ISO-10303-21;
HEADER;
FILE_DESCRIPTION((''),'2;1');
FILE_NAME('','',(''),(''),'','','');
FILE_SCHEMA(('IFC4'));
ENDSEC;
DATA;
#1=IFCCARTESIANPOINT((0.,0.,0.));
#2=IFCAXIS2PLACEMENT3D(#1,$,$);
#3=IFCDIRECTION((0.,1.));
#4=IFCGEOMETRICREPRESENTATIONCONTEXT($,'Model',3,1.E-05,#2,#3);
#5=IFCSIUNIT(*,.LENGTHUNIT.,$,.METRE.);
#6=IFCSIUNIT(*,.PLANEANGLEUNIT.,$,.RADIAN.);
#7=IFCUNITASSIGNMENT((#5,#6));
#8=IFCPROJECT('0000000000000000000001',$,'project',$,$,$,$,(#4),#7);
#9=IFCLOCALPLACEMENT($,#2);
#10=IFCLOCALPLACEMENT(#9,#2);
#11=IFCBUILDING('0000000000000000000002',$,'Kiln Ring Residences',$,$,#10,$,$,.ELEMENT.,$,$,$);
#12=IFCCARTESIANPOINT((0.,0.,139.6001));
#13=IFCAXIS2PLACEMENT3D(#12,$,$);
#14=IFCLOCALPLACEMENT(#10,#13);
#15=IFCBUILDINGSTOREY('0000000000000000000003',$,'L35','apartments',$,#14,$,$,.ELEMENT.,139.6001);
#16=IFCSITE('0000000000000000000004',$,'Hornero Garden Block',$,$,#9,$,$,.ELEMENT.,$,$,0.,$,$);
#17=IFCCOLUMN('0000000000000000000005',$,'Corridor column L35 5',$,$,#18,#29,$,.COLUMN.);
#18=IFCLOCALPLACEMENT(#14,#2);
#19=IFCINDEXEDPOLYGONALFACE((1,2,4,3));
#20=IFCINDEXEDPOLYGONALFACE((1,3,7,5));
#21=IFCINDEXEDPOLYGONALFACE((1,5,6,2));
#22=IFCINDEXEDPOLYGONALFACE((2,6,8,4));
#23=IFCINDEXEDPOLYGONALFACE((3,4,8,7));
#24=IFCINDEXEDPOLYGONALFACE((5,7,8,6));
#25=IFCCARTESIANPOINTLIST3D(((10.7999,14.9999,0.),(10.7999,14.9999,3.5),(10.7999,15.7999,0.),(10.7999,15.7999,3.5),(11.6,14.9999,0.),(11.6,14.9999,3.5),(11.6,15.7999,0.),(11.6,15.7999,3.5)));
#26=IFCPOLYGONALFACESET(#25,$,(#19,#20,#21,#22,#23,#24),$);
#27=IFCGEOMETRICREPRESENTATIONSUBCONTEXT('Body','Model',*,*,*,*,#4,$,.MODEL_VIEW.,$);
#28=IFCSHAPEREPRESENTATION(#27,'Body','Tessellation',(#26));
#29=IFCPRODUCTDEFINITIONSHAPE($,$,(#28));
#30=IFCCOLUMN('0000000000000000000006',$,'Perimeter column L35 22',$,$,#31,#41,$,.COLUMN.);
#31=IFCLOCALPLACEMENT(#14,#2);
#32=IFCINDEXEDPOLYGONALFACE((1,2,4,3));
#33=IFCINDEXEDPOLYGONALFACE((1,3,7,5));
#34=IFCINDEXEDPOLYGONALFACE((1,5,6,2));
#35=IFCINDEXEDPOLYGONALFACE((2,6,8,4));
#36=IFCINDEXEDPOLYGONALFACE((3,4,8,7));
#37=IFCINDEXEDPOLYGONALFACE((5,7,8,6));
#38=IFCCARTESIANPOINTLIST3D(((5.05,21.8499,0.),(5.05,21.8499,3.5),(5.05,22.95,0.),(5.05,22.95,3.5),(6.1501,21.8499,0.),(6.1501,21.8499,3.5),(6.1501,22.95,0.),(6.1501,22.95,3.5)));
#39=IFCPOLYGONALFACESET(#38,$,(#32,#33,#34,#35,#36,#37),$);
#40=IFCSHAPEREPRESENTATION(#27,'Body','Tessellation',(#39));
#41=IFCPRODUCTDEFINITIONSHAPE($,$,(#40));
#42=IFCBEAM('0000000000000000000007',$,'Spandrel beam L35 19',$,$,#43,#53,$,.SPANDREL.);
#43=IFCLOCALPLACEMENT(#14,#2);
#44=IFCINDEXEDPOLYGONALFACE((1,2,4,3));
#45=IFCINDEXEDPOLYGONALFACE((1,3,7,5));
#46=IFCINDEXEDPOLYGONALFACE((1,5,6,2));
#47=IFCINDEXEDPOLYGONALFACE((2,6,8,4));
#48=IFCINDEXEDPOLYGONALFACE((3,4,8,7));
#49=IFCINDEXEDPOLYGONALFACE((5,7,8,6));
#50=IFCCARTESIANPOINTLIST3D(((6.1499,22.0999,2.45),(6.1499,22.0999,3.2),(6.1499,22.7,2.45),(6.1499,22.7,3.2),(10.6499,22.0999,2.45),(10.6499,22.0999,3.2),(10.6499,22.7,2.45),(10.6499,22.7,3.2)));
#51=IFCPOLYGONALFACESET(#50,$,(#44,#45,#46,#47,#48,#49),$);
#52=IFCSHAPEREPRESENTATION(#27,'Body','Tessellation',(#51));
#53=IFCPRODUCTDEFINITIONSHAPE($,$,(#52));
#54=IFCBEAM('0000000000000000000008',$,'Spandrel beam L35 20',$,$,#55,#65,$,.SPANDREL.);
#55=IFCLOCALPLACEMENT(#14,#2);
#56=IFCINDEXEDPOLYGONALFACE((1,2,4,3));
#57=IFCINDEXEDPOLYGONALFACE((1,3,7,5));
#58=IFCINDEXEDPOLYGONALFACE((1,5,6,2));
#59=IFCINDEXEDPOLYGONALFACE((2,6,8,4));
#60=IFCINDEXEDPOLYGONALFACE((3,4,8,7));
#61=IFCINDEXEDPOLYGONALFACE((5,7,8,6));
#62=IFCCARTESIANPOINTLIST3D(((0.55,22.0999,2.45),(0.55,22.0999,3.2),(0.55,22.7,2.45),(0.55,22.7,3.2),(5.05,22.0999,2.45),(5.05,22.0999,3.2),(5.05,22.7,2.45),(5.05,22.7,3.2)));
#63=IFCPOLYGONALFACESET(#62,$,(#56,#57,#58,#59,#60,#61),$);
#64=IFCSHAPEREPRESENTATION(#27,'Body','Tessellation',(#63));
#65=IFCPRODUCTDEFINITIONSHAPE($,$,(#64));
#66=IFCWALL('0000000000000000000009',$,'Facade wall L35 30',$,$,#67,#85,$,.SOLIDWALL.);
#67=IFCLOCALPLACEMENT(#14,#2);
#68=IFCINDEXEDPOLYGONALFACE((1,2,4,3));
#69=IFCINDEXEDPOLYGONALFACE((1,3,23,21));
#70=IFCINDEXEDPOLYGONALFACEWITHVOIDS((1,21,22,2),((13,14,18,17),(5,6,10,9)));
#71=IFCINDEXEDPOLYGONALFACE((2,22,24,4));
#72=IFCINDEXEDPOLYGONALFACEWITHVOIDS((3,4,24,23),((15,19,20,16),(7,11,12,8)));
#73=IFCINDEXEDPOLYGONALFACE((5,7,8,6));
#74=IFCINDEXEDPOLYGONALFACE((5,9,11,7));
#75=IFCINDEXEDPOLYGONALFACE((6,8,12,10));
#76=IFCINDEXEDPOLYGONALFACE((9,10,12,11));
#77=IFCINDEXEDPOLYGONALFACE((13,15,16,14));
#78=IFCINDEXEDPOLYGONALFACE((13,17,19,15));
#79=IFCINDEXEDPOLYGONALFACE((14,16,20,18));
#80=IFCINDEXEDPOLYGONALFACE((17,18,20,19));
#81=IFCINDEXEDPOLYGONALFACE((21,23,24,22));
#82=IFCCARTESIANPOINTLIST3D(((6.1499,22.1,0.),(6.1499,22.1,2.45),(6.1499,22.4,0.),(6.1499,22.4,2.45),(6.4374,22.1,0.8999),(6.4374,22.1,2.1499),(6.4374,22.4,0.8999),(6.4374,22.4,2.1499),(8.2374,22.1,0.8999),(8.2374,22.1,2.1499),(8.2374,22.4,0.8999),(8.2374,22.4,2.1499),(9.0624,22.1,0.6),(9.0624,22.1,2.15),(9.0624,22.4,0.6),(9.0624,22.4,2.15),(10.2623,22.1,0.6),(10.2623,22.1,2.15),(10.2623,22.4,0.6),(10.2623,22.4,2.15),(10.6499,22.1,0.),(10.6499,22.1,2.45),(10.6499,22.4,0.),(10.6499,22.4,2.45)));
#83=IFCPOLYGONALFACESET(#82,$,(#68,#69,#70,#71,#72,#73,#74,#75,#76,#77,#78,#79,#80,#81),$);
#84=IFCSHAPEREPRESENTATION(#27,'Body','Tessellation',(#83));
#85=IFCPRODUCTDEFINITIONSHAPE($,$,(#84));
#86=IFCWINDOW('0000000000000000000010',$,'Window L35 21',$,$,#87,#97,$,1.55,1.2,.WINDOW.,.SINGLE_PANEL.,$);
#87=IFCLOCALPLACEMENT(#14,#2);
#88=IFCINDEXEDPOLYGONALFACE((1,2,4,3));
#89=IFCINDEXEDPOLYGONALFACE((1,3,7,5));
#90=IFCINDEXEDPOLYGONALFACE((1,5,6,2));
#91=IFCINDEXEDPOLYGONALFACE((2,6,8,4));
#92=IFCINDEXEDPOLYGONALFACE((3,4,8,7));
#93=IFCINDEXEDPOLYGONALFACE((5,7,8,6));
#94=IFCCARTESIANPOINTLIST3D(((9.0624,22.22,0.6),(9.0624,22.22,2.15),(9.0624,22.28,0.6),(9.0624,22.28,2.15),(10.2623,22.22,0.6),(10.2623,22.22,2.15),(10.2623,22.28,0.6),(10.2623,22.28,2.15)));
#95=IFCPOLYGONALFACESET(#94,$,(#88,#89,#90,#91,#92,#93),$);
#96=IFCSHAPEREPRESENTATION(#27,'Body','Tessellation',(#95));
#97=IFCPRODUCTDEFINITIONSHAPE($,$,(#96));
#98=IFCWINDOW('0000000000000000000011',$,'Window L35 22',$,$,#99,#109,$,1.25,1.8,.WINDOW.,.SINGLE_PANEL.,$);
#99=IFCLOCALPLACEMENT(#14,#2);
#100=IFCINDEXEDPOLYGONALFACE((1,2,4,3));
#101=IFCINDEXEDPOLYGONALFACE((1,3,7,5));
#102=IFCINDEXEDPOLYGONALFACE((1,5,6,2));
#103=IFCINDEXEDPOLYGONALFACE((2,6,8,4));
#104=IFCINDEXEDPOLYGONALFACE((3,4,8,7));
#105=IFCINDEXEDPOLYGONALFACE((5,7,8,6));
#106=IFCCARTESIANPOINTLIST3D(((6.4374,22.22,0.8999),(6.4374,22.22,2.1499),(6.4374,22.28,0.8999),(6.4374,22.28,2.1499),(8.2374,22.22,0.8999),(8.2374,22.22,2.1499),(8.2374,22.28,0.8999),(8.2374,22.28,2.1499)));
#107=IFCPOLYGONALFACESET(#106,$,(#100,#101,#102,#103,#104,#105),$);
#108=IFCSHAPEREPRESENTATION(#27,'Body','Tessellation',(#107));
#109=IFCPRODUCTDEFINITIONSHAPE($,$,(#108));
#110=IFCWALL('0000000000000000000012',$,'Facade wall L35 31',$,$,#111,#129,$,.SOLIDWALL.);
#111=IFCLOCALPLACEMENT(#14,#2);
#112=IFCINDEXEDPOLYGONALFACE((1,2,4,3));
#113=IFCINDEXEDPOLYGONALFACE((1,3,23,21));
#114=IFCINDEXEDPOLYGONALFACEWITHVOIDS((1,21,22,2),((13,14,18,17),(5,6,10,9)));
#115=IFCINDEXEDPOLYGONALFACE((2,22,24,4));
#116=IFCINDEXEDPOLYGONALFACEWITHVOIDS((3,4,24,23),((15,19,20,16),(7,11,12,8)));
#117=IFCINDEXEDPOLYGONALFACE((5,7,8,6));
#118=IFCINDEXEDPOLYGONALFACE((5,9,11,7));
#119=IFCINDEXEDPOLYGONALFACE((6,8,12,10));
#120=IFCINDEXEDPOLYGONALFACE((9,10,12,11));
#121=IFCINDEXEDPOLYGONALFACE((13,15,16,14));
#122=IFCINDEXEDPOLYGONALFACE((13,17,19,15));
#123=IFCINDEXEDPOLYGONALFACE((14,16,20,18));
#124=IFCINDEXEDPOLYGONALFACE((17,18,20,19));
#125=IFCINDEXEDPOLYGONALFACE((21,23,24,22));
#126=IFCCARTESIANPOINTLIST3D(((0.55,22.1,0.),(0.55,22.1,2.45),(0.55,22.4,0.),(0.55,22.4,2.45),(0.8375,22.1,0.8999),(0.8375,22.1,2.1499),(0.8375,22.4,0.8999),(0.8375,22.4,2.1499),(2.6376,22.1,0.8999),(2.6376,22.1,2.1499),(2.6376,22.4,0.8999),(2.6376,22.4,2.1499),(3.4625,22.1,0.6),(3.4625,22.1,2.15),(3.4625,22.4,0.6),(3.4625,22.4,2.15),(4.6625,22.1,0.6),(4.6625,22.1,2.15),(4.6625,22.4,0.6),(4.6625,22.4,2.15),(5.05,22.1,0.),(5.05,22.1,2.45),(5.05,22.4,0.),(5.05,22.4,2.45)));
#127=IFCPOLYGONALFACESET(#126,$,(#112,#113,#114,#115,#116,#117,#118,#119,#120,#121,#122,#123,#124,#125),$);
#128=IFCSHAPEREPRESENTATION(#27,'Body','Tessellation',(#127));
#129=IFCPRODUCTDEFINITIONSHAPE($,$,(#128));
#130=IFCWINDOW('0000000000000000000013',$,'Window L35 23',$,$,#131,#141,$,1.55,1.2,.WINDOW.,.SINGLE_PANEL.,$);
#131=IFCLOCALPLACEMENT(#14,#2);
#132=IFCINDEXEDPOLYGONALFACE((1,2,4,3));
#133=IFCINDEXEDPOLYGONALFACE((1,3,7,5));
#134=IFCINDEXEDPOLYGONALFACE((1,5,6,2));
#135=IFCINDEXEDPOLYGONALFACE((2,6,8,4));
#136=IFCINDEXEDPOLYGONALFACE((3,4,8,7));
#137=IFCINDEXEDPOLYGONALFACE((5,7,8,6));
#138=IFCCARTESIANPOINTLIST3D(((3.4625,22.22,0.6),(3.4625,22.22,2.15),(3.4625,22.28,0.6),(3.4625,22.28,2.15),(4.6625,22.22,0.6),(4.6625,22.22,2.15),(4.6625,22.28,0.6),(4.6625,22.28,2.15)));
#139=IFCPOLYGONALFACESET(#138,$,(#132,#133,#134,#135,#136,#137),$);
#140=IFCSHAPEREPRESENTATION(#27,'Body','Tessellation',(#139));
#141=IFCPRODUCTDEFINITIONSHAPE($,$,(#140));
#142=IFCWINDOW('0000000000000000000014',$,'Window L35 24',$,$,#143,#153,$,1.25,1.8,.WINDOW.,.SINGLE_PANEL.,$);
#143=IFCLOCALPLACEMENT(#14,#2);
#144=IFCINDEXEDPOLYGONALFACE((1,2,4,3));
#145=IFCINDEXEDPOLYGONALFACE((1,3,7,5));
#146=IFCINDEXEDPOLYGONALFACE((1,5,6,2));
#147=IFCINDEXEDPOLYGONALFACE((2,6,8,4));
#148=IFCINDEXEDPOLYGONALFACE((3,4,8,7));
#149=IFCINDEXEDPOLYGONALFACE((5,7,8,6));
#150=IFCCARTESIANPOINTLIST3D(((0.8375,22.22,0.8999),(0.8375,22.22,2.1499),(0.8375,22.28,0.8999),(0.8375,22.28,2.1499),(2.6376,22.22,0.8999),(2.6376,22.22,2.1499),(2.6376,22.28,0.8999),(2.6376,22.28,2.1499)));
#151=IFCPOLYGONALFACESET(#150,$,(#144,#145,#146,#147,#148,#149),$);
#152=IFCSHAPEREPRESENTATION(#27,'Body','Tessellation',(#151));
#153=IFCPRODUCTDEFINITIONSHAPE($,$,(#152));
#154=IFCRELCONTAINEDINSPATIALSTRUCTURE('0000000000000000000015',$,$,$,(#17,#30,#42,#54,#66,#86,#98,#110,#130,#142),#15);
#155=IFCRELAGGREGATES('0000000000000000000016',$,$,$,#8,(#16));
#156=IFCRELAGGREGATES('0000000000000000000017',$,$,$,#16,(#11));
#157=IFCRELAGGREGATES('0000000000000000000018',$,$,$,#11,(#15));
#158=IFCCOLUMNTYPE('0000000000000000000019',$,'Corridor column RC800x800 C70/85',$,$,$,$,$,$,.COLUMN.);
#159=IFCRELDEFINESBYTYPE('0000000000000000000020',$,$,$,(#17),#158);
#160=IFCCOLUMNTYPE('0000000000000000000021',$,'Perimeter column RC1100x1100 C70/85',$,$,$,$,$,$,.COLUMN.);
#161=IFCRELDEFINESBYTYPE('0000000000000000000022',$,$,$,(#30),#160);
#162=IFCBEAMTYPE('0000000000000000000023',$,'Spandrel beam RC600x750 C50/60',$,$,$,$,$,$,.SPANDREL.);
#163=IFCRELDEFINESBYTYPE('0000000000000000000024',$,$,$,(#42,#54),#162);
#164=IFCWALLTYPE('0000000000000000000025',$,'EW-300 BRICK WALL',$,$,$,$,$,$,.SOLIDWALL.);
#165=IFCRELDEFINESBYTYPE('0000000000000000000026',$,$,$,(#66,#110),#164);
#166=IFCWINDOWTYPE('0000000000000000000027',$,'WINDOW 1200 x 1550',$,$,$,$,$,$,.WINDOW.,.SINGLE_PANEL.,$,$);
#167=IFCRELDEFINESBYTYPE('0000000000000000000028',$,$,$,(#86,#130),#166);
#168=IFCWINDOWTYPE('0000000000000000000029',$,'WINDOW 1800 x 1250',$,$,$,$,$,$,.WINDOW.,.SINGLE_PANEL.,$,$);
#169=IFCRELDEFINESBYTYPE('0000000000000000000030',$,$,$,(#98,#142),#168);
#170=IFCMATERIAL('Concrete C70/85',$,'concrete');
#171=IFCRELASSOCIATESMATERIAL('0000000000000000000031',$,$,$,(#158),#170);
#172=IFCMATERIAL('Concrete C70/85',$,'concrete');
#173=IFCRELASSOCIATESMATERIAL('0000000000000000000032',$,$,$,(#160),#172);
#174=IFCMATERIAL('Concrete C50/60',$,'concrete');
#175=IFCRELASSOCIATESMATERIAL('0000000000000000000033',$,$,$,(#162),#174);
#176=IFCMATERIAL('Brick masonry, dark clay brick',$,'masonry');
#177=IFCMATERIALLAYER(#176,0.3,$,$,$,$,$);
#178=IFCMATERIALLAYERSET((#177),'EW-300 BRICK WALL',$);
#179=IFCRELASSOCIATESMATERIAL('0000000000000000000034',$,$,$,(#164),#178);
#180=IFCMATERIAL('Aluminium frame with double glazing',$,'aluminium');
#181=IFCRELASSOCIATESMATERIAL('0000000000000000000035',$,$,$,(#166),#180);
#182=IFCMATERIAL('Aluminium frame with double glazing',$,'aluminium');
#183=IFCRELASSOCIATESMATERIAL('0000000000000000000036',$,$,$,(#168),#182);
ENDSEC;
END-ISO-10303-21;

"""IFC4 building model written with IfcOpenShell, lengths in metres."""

from ifc_helpers import new_model, si_unit, direction, frame, frame_2d, origin, origin_2d, place, context, subcontext, project, spatial, rectangle, extrude, material, layer, layer_set, material_profile, profile_set, type_object, element, fill, save


model = new_model("IFC4")

# Units and contexts
model_context = context("Model", 3, precision=1e-05, world=origin(), true_north=direction((0.0, 1.0)))
body_context = subcontext(model_context, "Body", "Model", "MODEL_VIEW")
ifc_project = project(units=[si_unit("LENGTHUNIT", "METRE"), si_unit("PLANEANGLEUNIT", "RADIAN")], contexts=[model_context])

# Site, building, storey
site_placement = place(None, origin())
site = spatial("IfcSite", under=ifc_project, at=site_placement, Name="Hornero Garden Block", CompositionType="ELEMENT", RefElevation=0.0)
building_placement = place(site_placement, origin())
building = spatial("IfcBuilding", under=site, at=building_placement, Name="Kiln Ring Residences", CompositionType="ELEMENT")
storey_placement = place(building_placement, frame((0.0, 0.0, 139.6001)))
storey = spatial("IfcBuildingStorey", under=building, at=storey_placement, Name="L35", Description="apartments", CompositionType="ELEMENT", Elevation=139.6001)

# Columns
ifc_material_1 = material(Name="Concrete C70/85", Category="concrete")
ifc_material_profile_1 = material_profile(ifc_material_1, rectangle(XDim=0.8, YDim=0.8, at=origin_2d()), Name="RC800x800")
ifc_profile_set_1 = profile_set([ifc_material_profile_1], Name="Concrete C70/85")
column_type_1 = type_object("IfcColumnType", Name="Corridor column RC800x800 C70/85", PredefinedType="COLUMN", material=ifc_profile_set_1)
column_1_placement = place(storey_placement, frame((11.2, 15.3999, 0.0), z_axis=(0.0, 0.0, 1.0), x_axis=(1.0, 0.0, 0.0)))
element("IfcColumn", 1, at=column_1_placement, inside=storey, type_object=column_type_1, Name="Corridor column L35 5", PredefinedType="COLUMN", context=body_context, shape_type="SweptSolid", body=[
    extrude(rectangle(XDim=0.8, YDim=0.8, at=origin_2d()), origin(), (0.0, 0.0, 1.0), 3.5),
])
ifc_material_2 = material(Name="Concrete C70/85", Category="concrete")
ifc_material_profile_2 = material_profile(ifc_material_2, rectangle(XDim=1.1001, YDim=1.1001, at=origin_2d()), Name="RC1100x1100")
ifc_profile_set_2 = profile_set([ifc_material_profile_2], Name="Concrete C70/85")
column_type_2 = type_object("IfcColumnType", Name="Perimeter column RC1100x1100 C70/85", PredefinedType="COLUMN", material=ifc_profile_set_2)
column_2_placement = place(storey_placement, frame((5.6001, 22.3999, 0.0), z_axis=(0.0, 0.0, 1.0), x_axis=(1.0, 0.0, 0.0)))
element("IfcColumn", 2, at=column_2_placement, inside=storey, type_object=column_type_2, Name="Perimeter column L35 22", PredefinedType="COLUMN", context=body_context, shape_type="SweptSolid", body=[
    extrude(rectangle(XDim=1.1001, YDim=1.1001, at=origin_2d()), origin(), (0.0, 0.0, 1.0), 3.5),
])

# Beams
ifc_material_3 = material(Name="Concrete C50/60", Category="concrete")
ifc_material_profile_3 = material_profile(ifc_material_3, rectangle(XDim=0.6001, YDim=0.75, at=origin_2d()), Name="RC600x750")
ifc_profile_set_3 = profile_set([ifc_material_profile_3], Name="Concrete C50/60")
beam_type = type_object("IfcBeamType", Name="Spandrel beam RC600x750 C50/60", PredefinedType="SPANDREL", material=ifc_profile_set_3)
for number, where, z_axis, x_axis, name in (
    (3, (10.6499, 22.3999, 2.825), (-1.0, 0.0, 0.0), (0.0, -1.0, 0.0), "Spandrel beam L35 19"),
    (4, (5.05, 22.3999, 2.825), (-1.0, 0.0, 0.0), (0.0, -1.0, 0.0), "Spandrel beam L35 20"),
):
    element("IfcBeam", number, at=place(storey_placement, frame(where, z_axis=z_axis, x_axis=x_axis)), inside=storey, type_object=beam_type, Name=name, PredefinedType="SPANDREL", context=body_context, shape_type="SweptSolid", body=[
        extrude(rectangle(XDim=0.6001, YDim=0.75, at=origin_2d()), origin(), (0.0, 0.0, 1.0), 4.5),
    ])

# Walls, openings, windows
ifc_material_4 = material(Name="Brick masonry, dark clay brick", Category="masonry")
ifc_layer_1 = layer(ifc_material_4, 0.3)
ifc_layer_set_1 = layer_set([ifc_layer_1], Name="EW-300 BRICK WALL")
wall_type_1 = type_object("IfcWallType", Name="EW-300 BRICK WALL", PredefinedType="SOLIDWALL", material=ifc_layer_set_1)
wall_1_placement = place(storey_placement, frame((10.6499, 22.25, 0.0), z_axis=(0.0, 0.0, 1.0), x_axis=(-1.0, 0.0, 0.0)))
wall_1 = element("IfcWall", 5, at=wall_1_placement, inside=storey, type_object=wall_type_1, Name="Facade wall L35 30", PredefinedType="SOLIDWALL", context=body_context, shape_type="SweptSolid", body=[
    extrude(rectangle(XDim=4.5, YDim=0.3, at=frame_2d((2.25, 0.0))), origin(), (0.0, 0.0, 1.0), 2.45),
])
opening_1_placement = place(wall_1_placement, frame((0.3875, 0.0, 0.6001)))
opening_1 = element("IfcOpeningElement", 6, at=opening_1_placement, cuts=wall_1, PredefinedType="OPENING", context=body_context, shape_type="SweptSolid", body=[
    extrude(rectangle(XDim=1.2, YDim=1.55, at=frame_2d((0.6001, 0.7749))), frame((0.0, 0.1599, 0.0), z_axis=(0.0, -1.0, 0.0), x_axis=(1.0, 0.0, 0.0)), (0.0, 0.0, 1.0), 0.3201),
])
opening_2_placement = place(wall_1_placement, frame((2.4126, 0.0, 0.8999)))
opening_2 = element("IfcOpeningElement", 7, at=opening_2_placement, cuts=wall_1, PredefinedType="OPENING", context=body_context, shape_type="SweptSolid", body=[
    extrude(rectangle(XDim=1.8, YDim=1.25, at=frame_2d((0.8999, 0.625))), frame((0.0, 0.1599, 0.0), z_axis=(0.0, -1.0, 0.0), x_axis=(1.0, 0.0, 0.0)), (0.0, 0.0, 1.0), 0.3201),
])
ifc_material_5 = material(Name="Aluminium frame with double glazing", Category="aluminium")
window_type_1 = type_object("IfcWindowType", Name="WINDOW 1200 x 1550", PartitioningType="SINGLE_PANEL", PredefinedType="WINDOW", material=ifc_material_5)
window_1_placement = place(opening_1_placement, origin())
window_1 = element("IfcWindow", 8, at=window_1_placement, inside=storey, type_object=window_type_1, Name="Window L35 21", OverallHeight=1.55, OverallWidth=1.2, PartitioningType="SINGLE_PANEL", PredefinedType="WINDOW", context=body_context, shape_type="SweptSolid", body=[
    extrude(rectangle(XDim=1.2, YDim=1.55, at=frame_2d((0.6001, 0.7749))), frame((0.0, 0.03, 0.0), z_axis=(0.0, -1.0, 0.0), x_axis=(1.0, 0.0, 0.0)), (0.0, 0.0, 1.0), 0.0601),
])
fill(opening_1, window_1)
ifc_material_6 = material(Name="Aluminium frame with double glazing", Category="aluminium")
window_type_2 = type_object("IfcWindowType", Name="WINDOW 1800 x 1250", PartitioningType="SINGLE_PANEL", PredefinedType="WINDOW", material=ifc_material_6)
window_2_placement = place(opening_2_placement, origin())
window_2 = element("IfcWindow", 9, at=window_2_placement, inside=storey, type_object=window_type_2, Name="Window L35 22", OverallHeight=1.25, OverallWidth=1.8, PartitioningType="SINGLE_PANEL", PredefinedType="WINDOW", context=body_context, shape_type="SweptSolid", body=[
    extrude(rectangle(XDim=1.8, YDim=1.25, at=frame_2d((0.8999, 0.625))), frame((0.0, 0.03, 0.0), z_axis=(0.0, -1.0, 0.0), x_axis=(1.0, 0.0, 0.0)), (0.0, 0.0, 1.0), 0.0601),
])
fill(opening_2, window_2)
wall_2_placement = place(storey_placement, frame((5.05, 22.25, 0.0), z_axis=(0.0, 0.0, 1.0), x_axis=(-1.0, 0.0, 0.0)))
wall_2 = element("IfcWall", 10, at=wall_2_placement, inside=storey, type_object=wall_type_1, Name="Facade wall L35 31", PredefinedType="SOLIDWALL", context=body_context, shape_type="SweptSolid", body=[
    extrude(rectangle(XDim=4.5, YDim=0.3, at=frame_2d((2.25, 0.0))), origin(), (0.0, 0.0, 1.0), 2.45),
])
opening_3_placement = place(wall_2_placement, frame((0.3875, 0.0, 0.6001)))
opening_3 = element("IfcOpeningElement", 11, at=opening_3_placement, cuts=wall_2, PredefinedType="OPENING", context=body_context, shape_type="SweptSolid", body=[
    extrude(rectangle(XDim=1.2, YDim=1.55, at=frame_2d((0.6001, 0.7749))), frame((0.0, 0.1599, 0.0), z_axis=(0.0, -1.0, 0.0), x_axis=(1.0, 0.0, 0.0)), (0.0, 0.0, 1.0), 0.3201),
])
opening_4_placement = place(wall_2_placement, frame((2.4126, 0.0, 0.8999)))
opening_4 = element("IfcOpeningElement", 12, at=opening_4_placement, cuts=wall_2, PredefinedType="OPENING", context=body_context, shape_type="SweptSolid", body=[
    extrude(rectangle(XDim=1.8, YDim=1.25, at=frame_2d((0.8999, 0.625))), frame((0.0, 0.1599, 0.0), z_axis=(0.0, -1.0, 0.0), x_axis=(1.0, 0.0, 0.0)), (0.0, 0.0, 1.0), 0.3201),
])
window_3_placement = place(opening_3_placement, origin())
window_3 = element("IfcWindow", 13, at=window_3_placement, inside=storey, type_object=window_type_1, Name="Window L35 23", OverallHeight=1.55, OverallWidth=1.2, PartitioningType="SINGLE_PANEL", PredefinedType="WINDOW", context=body_context, shape_type="SweptSolid", body=[
    extrude(rectangle(XDim=1.2, YDim=1.55, at=frame_2d((0.6001, 0.7749))), frame((0.0, 0.03, 0.0), z_axis=(0.0, -1.0, 0.0), x_axis=(1.0, 0.0, 0.0)), (0.0, 0.0, 1.0), 0.0601),
])
fill(opening_3, window_3)
window_4_placement = place(opening_4_placement, origin())
window_4 = element("IfcWindow", 14, at=window_4_placement, inside=storey, type_object=window_type_2, Name="Window L35 24", OverallHeight=1.25, OverallWidth=1.8, PartitioningType="SINGLE_PANEL", PredefinedType="WINDOW", context=body_context, shape_type="SweptSolid", body=[
    extrude(rectangle(XDim=1.8, YDim=1.25, at=frame_2d((0.8999, 0.625))), frame((0.0, 0.03, 0.0), z_axis=(0.0, -1.0, 0.0), x_axis=(1.0, 0.0, 0.0)), (0.0, 0.0, 1.0), 0.0601),
])
fill(opening_4, window_4)

save(model, "model.ifc")
